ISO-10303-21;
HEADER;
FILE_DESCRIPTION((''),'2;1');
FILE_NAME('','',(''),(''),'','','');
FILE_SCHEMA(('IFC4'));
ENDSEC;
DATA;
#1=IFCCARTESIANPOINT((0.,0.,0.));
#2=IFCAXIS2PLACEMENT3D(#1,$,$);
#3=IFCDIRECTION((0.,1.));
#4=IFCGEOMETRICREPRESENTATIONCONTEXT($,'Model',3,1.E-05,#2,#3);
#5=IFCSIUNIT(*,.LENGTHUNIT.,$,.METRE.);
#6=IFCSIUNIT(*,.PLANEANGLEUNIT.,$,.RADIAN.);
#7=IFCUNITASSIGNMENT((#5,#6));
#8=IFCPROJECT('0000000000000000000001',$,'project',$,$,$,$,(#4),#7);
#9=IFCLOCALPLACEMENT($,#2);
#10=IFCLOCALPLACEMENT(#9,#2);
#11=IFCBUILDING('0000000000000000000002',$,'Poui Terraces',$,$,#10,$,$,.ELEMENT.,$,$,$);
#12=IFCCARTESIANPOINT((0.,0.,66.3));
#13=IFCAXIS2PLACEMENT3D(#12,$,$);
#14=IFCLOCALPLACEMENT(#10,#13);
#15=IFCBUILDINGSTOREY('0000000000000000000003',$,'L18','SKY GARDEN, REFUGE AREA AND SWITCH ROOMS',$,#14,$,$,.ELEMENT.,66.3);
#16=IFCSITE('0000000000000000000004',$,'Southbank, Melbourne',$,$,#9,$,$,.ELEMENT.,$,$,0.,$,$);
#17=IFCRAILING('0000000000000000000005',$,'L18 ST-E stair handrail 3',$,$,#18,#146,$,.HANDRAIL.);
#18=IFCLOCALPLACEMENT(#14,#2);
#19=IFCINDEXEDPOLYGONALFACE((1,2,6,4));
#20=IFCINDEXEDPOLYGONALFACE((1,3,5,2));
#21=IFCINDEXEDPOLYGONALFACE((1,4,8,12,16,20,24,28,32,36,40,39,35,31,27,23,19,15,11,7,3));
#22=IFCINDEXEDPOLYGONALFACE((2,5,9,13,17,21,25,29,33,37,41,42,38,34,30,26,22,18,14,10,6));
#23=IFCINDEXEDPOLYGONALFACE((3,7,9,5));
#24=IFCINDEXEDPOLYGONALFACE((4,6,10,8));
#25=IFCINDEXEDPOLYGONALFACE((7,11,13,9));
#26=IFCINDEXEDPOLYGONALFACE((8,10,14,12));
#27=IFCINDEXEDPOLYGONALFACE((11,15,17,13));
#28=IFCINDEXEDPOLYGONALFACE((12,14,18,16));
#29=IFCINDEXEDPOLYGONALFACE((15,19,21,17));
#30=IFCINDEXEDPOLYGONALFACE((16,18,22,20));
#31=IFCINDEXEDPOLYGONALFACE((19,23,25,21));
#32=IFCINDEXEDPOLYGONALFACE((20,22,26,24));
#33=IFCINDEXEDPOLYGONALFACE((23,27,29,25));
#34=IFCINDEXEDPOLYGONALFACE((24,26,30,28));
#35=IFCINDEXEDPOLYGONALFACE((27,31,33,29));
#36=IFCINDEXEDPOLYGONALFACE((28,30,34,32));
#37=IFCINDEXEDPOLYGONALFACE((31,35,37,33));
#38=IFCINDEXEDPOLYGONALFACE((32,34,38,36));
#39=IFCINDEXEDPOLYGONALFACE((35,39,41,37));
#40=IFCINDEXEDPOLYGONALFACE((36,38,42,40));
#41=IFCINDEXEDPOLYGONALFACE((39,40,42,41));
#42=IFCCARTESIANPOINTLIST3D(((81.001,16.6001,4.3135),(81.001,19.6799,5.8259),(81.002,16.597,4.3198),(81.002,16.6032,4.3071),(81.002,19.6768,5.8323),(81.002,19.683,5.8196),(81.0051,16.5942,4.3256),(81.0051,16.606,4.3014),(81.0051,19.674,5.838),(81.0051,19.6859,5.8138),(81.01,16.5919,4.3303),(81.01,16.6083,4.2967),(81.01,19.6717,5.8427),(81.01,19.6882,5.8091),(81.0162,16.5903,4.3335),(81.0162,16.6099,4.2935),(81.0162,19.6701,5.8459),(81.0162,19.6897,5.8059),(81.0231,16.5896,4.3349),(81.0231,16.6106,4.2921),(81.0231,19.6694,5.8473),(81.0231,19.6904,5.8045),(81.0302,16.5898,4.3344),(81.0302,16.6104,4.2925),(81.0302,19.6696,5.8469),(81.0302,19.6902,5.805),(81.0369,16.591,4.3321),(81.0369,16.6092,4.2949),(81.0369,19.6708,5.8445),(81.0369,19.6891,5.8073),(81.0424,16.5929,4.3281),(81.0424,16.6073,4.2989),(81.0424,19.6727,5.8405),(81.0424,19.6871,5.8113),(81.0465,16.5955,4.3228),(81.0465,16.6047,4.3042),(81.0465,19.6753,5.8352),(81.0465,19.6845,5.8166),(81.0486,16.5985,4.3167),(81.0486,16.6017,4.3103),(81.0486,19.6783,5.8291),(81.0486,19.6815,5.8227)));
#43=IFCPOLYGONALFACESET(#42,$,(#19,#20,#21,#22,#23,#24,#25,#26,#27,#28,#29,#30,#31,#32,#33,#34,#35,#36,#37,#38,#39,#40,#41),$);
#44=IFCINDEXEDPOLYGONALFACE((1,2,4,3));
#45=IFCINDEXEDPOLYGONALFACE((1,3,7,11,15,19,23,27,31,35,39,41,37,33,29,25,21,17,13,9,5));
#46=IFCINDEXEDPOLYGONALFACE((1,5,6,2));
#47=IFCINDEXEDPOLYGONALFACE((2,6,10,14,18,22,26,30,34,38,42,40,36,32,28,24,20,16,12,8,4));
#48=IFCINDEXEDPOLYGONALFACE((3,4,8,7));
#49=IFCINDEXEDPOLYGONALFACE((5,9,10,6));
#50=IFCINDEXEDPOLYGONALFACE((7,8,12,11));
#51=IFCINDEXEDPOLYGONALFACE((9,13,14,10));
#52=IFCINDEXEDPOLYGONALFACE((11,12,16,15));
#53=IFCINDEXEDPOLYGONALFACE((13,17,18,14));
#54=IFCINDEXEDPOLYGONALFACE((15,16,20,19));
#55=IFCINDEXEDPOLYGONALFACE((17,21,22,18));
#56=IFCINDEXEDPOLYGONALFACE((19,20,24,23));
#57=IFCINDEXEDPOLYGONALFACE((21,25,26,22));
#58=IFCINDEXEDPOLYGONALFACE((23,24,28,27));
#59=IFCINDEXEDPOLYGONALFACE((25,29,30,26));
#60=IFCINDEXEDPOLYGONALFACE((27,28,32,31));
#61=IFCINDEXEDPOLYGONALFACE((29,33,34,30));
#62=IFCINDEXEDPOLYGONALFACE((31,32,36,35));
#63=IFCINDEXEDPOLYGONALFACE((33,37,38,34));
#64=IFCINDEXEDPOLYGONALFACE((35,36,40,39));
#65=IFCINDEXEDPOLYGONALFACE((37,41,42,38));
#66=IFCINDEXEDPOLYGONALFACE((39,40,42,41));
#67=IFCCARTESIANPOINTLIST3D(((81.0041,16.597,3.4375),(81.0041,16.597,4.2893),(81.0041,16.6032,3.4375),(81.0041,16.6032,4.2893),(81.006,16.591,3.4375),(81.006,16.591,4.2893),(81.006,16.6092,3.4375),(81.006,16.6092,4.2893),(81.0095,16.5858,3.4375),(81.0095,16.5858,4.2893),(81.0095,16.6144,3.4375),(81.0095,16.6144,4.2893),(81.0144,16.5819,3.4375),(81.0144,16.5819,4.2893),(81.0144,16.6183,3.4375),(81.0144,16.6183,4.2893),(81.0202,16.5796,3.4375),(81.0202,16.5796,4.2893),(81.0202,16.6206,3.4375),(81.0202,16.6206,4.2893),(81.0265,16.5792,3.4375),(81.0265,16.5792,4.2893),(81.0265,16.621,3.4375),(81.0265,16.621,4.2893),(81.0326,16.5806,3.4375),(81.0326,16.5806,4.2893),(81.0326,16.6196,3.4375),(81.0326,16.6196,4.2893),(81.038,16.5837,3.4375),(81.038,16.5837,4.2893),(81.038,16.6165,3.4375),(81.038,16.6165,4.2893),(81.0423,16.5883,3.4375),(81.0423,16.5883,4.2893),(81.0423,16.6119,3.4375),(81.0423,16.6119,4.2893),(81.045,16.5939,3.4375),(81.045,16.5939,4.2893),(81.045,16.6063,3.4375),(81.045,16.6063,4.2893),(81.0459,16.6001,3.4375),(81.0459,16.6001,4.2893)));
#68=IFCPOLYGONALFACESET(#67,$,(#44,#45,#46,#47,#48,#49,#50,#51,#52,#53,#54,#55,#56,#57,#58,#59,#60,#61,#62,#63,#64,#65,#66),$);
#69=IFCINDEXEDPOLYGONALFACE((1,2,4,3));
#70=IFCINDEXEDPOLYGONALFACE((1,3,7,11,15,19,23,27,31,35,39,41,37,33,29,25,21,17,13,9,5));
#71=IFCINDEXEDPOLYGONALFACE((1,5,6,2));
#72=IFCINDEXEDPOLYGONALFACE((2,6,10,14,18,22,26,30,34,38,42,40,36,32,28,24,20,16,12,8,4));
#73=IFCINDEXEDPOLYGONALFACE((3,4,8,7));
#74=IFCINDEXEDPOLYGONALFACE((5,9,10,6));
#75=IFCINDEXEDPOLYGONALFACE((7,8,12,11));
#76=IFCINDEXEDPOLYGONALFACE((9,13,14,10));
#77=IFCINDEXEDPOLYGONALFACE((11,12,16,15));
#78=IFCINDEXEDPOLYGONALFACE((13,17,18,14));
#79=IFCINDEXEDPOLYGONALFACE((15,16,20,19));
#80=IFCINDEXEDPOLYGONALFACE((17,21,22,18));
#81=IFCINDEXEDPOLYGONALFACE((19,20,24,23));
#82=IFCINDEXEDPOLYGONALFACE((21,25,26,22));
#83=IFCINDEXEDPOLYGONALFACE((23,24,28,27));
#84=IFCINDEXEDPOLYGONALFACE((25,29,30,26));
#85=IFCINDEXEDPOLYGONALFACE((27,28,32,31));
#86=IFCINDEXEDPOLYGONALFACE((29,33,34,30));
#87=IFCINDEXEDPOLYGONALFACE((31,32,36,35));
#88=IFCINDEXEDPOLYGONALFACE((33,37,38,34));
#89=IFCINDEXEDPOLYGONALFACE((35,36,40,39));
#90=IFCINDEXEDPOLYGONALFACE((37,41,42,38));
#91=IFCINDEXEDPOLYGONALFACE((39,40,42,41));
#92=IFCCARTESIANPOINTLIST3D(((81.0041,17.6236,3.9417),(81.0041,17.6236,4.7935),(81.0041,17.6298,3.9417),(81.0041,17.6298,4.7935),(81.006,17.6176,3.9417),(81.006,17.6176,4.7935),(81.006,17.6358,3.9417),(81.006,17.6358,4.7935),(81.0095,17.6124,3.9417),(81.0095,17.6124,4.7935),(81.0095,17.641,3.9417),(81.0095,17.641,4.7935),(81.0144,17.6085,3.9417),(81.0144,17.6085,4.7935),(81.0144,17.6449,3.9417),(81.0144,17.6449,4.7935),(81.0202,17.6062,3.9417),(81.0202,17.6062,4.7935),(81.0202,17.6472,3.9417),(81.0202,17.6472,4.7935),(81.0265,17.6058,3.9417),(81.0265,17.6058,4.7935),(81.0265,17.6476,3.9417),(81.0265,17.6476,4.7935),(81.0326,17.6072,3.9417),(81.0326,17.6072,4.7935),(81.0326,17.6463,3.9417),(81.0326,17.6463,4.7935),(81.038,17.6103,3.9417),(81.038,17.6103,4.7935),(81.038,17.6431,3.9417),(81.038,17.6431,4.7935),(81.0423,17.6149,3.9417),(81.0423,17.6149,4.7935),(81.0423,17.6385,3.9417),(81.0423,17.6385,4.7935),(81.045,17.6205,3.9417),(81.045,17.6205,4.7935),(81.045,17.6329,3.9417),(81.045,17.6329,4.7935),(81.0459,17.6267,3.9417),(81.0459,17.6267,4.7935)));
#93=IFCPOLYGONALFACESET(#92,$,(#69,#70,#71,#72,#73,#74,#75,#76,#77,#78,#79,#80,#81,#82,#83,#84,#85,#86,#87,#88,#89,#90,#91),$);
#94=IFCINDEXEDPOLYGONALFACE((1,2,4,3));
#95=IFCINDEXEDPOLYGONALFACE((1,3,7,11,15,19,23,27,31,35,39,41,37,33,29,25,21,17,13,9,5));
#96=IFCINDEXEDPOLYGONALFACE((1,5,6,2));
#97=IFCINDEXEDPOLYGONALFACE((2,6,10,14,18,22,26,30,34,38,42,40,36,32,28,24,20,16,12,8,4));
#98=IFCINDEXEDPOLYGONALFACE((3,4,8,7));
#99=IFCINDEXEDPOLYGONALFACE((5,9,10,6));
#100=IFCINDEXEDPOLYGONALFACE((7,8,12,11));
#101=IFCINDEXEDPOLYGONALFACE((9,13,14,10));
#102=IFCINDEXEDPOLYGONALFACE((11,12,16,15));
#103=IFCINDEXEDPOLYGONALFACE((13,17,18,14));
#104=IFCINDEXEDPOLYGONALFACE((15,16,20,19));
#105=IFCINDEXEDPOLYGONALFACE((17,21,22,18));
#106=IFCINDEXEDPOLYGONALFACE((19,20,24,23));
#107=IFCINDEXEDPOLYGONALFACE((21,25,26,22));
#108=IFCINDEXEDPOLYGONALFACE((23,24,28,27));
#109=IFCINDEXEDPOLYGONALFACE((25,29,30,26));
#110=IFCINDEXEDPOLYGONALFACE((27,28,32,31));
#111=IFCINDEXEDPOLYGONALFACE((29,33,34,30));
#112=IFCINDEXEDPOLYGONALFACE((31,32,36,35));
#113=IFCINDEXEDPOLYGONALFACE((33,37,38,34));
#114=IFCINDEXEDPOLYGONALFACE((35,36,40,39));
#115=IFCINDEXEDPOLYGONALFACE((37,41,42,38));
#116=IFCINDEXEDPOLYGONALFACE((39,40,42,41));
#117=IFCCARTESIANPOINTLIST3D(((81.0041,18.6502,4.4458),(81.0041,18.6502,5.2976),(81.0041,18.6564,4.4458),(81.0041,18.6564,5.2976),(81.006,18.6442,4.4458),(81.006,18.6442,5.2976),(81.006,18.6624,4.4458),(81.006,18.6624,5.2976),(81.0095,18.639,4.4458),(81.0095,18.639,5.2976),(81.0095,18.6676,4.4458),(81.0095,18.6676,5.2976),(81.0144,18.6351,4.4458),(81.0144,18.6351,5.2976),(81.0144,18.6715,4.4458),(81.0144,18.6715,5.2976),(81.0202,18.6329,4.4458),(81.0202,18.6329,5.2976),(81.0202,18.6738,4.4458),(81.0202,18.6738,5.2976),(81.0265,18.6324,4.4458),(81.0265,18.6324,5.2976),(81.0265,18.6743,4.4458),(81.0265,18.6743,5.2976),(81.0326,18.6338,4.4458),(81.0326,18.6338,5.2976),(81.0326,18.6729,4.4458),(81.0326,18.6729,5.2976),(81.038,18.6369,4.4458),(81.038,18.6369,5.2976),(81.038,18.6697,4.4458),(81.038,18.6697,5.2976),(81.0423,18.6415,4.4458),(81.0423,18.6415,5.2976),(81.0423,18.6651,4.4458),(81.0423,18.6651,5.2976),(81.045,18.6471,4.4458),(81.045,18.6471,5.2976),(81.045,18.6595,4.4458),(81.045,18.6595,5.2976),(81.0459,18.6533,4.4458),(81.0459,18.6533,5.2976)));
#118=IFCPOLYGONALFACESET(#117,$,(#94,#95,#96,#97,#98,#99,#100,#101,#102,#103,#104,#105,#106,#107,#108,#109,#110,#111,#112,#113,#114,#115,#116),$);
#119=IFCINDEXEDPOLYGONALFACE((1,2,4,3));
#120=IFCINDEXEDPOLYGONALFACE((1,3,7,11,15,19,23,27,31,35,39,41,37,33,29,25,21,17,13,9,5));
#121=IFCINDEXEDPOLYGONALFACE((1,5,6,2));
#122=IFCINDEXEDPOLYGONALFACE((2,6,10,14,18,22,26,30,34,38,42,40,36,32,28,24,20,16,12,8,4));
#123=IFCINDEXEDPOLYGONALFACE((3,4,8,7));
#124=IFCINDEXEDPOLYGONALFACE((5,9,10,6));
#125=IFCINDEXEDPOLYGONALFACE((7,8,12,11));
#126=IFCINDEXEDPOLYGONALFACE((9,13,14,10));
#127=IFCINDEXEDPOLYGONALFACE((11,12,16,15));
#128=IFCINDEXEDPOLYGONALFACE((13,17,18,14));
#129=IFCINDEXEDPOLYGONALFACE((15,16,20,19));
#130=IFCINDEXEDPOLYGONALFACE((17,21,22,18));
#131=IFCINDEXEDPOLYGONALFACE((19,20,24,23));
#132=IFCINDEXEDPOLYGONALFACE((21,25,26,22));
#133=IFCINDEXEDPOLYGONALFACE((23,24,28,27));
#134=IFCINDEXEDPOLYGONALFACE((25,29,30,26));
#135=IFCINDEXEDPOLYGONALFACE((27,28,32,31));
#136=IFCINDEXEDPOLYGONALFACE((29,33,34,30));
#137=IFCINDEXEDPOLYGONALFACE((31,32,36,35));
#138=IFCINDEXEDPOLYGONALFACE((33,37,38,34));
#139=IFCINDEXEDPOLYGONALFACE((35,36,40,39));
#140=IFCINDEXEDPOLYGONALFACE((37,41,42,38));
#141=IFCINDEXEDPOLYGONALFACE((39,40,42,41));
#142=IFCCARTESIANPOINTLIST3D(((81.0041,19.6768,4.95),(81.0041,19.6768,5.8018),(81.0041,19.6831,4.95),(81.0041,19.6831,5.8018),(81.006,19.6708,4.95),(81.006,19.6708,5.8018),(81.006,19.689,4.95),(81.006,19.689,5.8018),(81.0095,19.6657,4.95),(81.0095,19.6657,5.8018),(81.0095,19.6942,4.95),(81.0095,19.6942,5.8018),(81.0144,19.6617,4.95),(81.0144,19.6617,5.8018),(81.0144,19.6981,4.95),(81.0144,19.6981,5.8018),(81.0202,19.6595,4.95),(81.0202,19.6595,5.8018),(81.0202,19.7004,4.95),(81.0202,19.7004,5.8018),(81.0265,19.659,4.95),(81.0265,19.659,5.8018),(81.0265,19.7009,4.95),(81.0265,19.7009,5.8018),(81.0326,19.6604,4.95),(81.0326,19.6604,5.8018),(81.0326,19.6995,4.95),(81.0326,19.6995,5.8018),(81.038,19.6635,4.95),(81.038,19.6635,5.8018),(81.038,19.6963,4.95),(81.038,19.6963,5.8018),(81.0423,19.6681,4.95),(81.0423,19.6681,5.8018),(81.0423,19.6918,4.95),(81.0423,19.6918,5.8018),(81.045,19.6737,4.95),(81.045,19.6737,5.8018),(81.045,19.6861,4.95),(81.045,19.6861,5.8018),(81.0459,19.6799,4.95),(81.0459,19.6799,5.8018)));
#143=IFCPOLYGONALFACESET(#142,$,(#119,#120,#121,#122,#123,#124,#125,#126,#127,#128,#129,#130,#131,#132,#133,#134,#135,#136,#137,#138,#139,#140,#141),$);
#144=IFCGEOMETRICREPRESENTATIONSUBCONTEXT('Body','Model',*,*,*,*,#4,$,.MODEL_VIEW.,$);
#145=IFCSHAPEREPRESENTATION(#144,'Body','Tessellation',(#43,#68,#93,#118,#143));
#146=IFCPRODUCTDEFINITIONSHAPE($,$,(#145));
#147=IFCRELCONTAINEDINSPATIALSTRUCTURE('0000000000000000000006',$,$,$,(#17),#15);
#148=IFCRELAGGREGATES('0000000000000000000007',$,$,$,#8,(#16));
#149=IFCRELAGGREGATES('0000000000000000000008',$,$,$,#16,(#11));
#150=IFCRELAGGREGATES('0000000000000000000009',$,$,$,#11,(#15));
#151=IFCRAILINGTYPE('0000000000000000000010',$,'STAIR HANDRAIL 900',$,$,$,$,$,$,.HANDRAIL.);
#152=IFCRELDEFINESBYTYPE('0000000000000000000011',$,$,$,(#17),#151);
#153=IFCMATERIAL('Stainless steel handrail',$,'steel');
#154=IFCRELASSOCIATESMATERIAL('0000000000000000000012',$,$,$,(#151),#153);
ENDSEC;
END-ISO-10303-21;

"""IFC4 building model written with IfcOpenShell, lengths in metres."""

from ifc_helpers import new_model, si_unit, direction, frame, origin, origin_2d, place, context, subcontext, project, spatial, circle, extrude, material, type_object, element, save


model = new_model("IFC4")

# Units and contexts
model_context = context("Model", 3, precision=1e-05, world=origin(), true_north=direction((0.0, 1.0)))
body_context = subcontext(model_context, "Body", "Model", "MODEL_VIEW")
ifc_project = project(units=[si_unit("LENGTHUNIT", "METRE"), si_unit("PLANEANGLEUNIT", "RADIAN")], contexts=[model_context])

# Site, building, storey
site_placement = place(None, origin())
site = spatial("IfcSite", under=ifc_project, at=site_placement, Name="Southbank, Melbourne", CompositionType="ELEMENT", RefElevation=0.0)
building_placement = place(site_placement, origin())
building = spatial("IfcBuilding", under=site, at=building_placement, Name="Poui Terraces", CompositionType="ELEMENT")
storey_placement = place(building_placement, frame((0.0, 0.0, 66.3)))
storey = spatial("IfcBuildingStorey", under=building, at=storey_placement, Name="L18", Description="SKY GARDEN, REFUGE AREA AND SWITCH ROOMS", CompositionType="ELEMENT", Elevation=66.3)

# Railing
ifc_material_1 = material(Name="Stainless steel handrail", Category="steel")
railing_type_1 = type_object("IfcRailingType", Name="STAIR HANDRAIL 900", PredefinedType="HANDRAIL", material=ifc_material_1)
for number, where, name in (
    (1, (81.0249, 16.6001, 3.4375), "L18 ST-E stair handrail 3"),
):
    element("IfcRailing", number, at=place(storey_placement, frame(where)), inside=storey, type_object=railing_type_1, Name=name, PredefinedType="HANDRAIL", context=body_context, shape_type="SweptSolid", body=[
        extrude(circle(Radius=0.0239, at=origin_2d()), frame((0.0, 0.0, 0.876), z_axis=(0.0, 0.897606, 0.440798), x_axis=(-1.0, 0.0, 0.0)), (0.0, 0.0, 1.0), 3.4312),
        extrude(circle(Radius=0.021, at=origin_2d()), origin(), (0.0, 0.0, 1.0), 0.8518),
        extrude(circle(Radius=0.021, at=origin_2d()), frame((0.0, 1.0266, 0.5042)), (0.0, 0.0, 1.0), 0.8518),
        extrude(circle(Radius=0.021, at=origin_2d()), frame((0.0, 2.0532, 1.0083)), (0.0, 0.0, 1.0), 0.8518),
        extrude(circle(Radius=0.021, at=origin_2d()), frame((0.0, 3.0798, 1.5125)), (0.0, 0.0, 1.0), 0.8518),
    ])

save(model, "model.ifc")
